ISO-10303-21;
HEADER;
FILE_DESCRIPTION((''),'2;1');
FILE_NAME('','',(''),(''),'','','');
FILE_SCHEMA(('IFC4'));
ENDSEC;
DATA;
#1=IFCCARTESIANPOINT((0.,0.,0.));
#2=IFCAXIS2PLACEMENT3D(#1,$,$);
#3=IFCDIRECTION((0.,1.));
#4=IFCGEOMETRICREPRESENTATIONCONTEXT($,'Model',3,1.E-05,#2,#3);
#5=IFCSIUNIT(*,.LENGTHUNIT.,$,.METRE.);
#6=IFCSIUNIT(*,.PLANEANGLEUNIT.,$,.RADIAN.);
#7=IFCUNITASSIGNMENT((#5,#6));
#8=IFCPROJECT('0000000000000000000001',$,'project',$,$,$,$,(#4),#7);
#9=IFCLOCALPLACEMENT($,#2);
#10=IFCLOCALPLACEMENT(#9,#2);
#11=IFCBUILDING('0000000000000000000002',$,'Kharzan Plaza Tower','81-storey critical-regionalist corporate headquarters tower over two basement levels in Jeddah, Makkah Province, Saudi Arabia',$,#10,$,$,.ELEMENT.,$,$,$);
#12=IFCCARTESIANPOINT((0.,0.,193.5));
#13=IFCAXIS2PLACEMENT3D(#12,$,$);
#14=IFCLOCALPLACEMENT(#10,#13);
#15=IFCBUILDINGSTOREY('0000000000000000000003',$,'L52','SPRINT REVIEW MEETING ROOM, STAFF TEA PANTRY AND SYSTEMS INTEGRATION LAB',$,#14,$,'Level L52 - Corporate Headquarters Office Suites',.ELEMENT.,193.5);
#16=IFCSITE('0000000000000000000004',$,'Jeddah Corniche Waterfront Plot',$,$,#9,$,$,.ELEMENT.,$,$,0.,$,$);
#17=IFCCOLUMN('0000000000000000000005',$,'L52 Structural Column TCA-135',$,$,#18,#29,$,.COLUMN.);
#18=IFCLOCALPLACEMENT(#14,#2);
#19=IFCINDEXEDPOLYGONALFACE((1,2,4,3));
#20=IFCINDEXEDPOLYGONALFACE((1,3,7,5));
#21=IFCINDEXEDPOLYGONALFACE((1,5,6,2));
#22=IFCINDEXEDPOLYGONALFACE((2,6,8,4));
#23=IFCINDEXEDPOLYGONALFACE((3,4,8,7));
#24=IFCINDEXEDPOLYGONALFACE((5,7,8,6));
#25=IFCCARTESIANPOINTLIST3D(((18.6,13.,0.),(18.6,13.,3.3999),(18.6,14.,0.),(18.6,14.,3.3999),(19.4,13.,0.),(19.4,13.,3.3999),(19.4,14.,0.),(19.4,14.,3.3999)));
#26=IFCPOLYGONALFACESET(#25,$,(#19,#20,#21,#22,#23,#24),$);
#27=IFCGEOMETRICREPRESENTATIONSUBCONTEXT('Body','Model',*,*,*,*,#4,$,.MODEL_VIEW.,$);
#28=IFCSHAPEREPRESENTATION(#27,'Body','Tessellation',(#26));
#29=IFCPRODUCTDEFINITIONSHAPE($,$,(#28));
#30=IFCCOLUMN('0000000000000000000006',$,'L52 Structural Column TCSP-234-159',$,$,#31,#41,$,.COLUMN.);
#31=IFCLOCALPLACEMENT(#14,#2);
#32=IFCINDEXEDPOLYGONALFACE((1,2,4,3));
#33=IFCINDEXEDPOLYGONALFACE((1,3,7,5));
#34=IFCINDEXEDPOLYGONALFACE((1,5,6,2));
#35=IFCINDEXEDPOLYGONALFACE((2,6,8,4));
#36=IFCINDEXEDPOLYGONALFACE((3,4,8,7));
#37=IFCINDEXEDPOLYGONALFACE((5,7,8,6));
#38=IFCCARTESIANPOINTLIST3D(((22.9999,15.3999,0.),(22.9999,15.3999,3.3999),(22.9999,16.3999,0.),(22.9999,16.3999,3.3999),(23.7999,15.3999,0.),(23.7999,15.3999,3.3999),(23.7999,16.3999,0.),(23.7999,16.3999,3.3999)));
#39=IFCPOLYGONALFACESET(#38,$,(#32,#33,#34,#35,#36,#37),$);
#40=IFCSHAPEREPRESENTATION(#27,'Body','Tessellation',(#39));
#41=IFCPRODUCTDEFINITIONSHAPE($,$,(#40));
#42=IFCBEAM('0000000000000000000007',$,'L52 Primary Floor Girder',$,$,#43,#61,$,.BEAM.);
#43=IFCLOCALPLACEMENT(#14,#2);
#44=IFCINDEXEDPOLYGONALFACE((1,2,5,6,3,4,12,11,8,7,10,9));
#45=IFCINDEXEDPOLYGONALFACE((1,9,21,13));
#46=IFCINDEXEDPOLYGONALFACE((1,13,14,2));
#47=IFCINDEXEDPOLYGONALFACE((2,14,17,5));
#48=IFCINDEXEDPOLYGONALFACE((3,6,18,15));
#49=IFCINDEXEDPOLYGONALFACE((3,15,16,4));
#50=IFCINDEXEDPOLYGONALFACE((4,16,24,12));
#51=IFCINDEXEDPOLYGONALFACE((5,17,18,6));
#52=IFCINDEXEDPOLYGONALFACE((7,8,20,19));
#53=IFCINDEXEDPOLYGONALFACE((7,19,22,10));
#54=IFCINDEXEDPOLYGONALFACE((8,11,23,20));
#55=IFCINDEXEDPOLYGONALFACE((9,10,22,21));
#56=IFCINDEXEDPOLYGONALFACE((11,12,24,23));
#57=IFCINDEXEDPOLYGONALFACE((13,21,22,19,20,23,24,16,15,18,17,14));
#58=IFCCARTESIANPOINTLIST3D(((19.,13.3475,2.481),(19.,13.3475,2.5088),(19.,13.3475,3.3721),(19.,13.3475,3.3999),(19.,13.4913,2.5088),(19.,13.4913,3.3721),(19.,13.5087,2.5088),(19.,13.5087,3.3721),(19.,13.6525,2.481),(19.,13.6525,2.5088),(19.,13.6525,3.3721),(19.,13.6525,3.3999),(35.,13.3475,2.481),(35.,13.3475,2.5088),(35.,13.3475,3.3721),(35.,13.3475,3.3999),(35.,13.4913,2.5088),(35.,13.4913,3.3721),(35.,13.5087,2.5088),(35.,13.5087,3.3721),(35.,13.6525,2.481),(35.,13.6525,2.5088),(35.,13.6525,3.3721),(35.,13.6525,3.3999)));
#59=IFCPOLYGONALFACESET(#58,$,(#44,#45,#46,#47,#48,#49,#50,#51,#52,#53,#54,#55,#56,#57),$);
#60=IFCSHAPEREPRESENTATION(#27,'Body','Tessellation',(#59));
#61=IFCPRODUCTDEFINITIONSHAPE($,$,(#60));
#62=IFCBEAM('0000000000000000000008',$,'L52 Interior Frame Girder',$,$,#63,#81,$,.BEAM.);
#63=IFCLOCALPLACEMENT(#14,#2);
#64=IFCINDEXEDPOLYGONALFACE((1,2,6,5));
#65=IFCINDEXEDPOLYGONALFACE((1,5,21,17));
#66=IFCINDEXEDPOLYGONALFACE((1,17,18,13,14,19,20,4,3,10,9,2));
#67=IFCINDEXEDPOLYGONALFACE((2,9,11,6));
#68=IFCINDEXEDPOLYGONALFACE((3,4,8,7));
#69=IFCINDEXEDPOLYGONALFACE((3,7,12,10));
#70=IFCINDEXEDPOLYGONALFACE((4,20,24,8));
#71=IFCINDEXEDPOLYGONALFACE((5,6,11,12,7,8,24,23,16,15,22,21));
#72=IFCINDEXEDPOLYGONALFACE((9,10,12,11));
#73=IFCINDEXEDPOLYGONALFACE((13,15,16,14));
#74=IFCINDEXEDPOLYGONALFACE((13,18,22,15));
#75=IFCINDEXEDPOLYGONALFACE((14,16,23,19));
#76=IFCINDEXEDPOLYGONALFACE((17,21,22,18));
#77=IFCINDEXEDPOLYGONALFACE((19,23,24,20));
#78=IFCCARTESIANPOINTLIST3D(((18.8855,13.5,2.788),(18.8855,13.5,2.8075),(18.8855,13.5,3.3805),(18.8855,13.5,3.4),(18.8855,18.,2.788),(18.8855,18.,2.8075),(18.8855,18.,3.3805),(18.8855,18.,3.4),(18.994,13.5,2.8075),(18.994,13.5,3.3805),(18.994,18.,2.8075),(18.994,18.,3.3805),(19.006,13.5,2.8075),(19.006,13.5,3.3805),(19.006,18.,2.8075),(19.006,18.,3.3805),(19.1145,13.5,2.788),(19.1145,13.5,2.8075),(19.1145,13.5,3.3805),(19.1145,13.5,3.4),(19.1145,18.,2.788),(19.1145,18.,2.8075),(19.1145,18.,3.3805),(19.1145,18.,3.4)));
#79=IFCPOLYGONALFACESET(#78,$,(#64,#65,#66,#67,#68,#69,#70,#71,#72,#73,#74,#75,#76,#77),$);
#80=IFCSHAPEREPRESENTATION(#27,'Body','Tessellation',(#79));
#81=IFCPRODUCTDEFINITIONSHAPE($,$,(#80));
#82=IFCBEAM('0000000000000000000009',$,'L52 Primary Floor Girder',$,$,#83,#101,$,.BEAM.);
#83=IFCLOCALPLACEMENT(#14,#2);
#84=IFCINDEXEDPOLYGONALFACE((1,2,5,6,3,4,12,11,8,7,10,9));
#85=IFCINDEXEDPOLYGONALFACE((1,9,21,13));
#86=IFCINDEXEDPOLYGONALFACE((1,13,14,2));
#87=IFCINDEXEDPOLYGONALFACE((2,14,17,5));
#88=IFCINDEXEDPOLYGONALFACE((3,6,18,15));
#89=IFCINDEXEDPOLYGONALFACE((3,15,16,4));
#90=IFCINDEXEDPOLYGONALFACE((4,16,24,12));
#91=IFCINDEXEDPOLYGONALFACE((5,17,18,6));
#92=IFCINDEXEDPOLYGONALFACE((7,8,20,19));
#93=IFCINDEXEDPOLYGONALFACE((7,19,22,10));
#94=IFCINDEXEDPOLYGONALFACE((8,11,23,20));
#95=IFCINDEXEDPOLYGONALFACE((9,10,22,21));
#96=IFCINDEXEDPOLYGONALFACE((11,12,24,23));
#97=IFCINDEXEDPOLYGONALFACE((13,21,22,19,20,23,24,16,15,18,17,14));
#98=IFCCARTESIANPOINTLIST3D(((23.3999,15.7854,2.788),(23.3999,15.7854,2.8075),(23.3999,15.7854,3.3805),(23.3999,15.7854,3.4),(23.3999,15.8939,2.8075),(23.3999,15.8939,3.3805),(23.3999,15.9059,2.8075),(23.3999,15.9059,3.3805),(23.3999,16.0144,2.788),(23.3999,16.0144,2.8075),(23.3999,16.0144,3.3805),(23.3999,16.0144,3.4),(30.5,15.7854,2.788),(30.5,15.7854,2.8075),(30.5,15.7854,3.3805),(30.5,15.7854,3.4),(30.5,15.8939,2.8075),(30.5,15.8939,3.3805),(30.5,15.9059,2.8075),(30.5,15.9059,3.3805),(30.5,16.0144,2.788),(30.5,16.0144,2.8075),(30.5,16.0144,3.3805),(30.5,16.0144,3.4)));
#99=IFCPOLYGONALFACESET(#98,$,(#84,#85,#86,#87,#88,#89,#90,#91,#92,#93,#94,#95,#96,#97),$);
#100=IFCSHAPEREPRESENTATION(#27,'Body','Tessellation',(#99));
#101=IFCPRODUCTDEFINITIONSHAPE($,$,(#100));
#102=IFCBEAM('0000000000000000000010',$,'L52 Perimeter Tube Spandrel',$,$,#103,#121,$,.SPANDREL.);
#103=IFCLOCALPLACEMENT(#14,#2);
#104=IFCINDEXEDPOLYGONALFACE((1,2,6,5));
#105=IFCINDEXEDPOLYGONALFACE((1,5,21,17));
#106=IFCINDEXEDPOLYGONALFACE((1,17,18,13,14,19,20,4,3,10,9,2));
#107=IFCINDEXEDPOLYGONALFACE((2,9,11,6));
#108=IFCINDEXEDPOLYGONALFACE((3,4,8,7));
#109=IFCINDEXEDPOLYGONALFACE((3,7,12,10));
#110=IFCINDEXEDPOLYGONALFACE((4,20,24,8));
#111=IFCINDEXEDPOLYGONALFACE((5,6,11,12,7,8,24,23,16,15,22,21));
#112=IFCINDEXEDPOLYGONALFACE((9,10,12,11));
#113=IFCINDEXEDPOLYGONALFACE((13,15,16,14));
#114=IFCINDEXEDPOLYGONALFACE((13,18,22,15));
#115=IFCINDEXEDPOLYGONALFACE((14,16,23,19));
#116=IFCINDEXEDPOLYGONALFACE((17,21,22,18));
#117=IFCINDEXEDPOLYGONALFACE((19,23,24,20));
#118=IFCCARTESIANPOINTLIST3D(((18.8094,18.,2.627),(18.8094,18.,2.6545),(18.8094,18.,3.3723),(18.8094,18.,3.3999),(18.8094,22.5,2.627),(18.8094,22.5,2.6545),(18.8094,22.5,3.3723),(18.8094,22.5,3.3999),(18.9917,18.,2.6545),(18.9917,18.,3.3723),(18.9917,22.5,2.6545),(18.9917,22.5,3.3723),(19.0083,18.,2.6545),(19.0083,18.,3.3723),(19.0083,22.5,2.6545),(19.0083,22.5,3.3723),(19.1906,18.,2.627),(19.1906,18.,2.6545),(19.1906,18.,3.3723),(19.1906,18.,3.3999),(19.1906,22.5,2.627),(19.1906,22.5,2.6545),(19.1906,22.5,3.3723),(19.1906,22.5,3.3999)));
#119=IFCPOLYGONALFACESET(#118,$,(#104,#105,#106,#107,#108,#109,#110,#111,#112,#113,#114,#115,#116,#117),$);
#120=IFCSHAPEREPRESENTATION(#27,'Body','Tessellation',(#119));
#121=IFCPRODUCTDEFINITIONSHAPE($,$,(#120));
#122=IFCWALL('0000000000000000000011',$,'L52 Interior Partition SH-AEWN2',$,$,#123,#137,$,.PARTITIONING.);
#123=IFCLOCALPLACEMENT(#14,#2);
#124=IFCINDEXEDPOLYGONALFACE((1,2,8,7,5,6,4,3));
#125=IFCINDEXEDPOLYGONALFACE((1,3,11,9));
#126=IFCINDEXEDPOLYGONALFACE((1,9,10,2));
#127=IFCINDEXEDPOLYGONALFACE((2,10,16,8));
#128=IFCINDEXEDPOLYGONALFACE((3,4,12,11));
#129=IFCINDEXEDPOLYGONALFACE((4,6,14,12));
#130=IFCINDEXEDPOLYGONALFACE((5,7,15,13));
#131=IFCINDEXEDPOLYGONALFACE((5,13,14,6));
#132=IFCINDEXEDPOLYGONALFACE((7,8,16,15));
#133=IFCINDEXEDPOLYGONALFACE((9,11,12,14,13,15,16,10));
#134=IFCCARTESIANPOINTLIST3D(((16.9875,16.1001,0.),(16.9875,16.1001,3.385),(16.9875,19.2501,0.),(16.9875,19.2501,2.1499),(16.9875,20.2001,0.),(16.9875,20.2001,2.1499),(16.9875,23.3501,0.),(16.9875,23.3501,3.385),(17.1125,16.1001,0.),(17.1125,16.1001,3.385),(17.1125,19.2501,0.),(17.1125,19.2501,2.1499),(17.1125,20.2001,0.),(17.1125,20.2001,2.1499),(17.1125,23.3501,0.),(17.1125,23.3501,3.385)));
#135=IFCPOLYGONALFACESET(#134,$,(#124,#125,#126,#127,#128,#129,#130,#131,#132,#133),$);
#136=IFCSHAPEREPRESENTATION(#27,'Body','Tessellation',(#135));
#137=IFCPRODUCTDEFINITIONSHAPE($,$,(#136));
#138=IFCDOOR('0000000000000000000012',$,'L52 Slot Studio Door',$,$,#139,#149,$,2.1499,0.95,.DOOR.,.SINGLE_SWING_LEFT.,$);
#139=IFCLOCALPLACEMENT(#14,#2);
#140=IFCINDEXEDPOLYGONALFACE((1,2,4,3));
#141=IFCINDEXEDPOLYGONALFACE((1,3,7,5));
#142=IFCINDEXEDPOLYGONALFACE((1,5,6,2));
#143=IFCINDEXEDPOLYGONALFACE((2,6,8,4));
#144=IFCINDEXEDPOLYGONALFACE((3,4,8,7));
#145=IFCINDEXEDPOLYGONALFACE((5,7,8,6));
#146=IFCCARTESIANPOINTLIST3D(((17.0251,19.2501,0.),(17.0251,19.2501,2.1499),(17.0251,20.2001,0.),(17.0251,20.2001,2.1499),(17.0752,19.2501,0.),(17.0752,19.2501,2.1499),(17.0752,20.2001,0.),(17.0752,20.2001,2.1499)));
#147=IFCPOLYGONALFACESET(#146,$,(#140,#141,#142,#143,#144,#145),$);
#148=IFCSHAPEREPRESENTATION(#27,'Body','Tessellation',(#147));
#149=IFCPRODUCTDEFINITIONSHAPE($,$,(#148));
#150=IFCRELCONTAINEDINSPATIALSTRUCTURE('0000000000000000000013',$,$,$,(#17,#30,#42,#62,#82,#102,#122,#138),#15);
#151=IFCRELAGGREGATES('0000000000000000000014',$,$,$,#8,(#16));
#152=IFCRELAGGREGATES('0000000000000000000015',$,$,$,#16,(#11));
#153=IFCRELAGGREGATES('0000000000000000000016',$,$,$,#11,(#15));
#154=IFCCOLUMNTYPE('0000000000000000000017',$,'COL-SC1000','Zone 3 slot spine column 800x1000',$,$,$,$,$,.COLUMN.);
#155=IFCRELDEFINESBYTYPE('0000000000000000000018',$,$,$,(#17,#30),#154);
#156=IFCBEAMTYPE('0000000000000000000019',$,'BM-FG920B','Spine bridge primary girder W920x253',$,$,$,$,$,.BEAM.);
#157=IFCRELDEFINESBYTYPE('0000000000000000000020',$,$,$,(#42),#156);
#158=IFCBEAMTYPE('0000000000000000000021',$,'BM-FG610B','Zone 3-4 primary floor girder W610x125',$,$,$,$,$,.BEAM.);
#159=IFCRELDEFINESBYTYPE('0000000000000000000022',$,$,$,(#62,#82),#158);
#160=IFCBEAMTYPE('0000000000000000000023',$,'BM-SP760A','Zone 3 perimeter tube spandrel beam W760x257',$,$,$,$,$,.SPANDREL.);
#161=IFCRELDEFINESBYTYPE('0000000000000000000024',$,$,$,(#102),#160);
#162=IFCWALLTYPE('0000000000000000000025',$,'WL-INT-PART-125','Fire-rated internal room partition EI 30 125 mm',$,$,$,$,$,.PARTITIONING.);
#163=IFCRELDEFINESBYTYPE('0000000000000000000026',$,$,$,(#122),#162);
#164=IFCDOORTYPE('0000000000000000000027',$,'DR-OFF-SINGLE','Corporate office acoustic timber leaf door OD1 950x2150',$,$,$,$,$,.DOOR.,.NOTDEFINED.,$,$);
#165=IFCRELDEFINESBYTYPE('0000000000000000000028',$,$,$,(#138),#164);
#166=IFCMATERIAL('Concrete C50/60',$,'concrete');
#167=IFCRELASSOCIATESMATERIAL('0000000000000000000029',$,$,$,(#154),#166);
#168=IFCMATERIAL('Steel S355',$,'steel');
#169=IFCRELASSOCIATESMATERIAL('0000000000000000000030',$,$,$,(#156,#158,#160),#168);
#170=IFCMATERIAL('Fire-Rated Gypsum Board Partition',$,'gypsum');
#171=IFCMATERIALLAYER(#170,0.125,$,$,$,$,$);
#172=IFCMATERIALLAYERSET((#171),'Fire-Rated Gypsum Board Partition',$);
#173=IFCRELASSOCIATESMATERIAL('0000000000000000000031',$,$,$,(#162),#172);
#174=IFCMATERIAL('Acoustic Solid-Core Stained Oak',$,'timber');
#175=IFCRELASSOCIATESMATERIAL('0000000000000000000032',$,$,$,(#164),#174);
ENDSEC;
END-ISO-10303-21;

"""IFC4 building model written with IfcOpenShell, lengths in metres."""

from ifc_helpers import new_model, si_unit, direction, frame, frame_2d, origin, origin_2d, place, context, subcontext, project, spatial, rectangle, i_section, extrude, source, transform, mapped, material, layer, layer_set, material_profile, profile_set, type_object, element, fill, save


model = new_model("IFC4")

# Units and contexts
model_context = context("Model", 3, precision=1e-05, world=origin(), true_north=direction((0.0, 1.0)))
body_context = subcontext(model_context, "Body", "Model", "MODEL_VIEW")
ifc_project = project(units=[si_unit("LENGTHUNIT", "METRE"), si_unit("PLANEANGLEUNIT", "RADIAN")], contexts=[model_context])

# Site, building, storey
site_placement = place(None, origin())
site = spatial("IfcSite", under=ifc_project, at=site_placement, Name="Jeddah Corniche Waterfront Plot", CompositionType="ELEMENT", RefElevation=0.0)
building_placement = place(site_placement, origin())
building = spatial("IfcBuilding", under=site, at=building_placement, Name="Kharzan Plaza Tower", Description="81-storey critical-regionalist corporate headquarters tower over two basement levels in Jeddah, Makkah Province, Saudi Arabia", CompositionType="ELEMENT")
storey_placement = place(building_placement, frame((0.0, 0.0, 193.5)))
storey = spatial("IfcBuildingStorey", under=building, at=storey_placement, Name="L52", Description="SPRINT REVIEW MEETING ROOM, STAFF TEA PANTRY AND SYSTEMS INTEGRATION LAB", LongName="Level L52 - Corporate Headquarters Office Suites", CompositionType="ELEMENT", Elevation=193.5)

# Columns
ifc_material_1 = material(Name="Concrete C50/60", Category="concrete")
ifc_material_profile_1 = material_profile(ifc_material_1, rectangle(XDim=0.8, YDim=1.0, at=origin_2d()), Name="RC-SC1000x800")
ifc_profile_set_1 = profile_set([ifc_material_profile_1], Name="Concrete C50/60")
column_type = type_object("IfcColumnType", Name="COL-SC1000", Description="Zone 3 slot spine column 800x1000", PredefinedType="COLUMN", material=ifc_profile_set_1)
shared_shape_1 = source(origin(), body_context, "Body", "SweptSolid", [
    extrude(rectangle(XDim=0.8, YDim=1.0, at=origin_2d()), origin(), (0.0, 0.0, 1.0), 3.3999),
])
for number, where, z_axis, x_axis, name in (
    (1, (19.0, 13.5, 0.0), (0.0, 0.0, 1.0), (1.0, 0.0, 0.0), "L52 Structural Column TCA-135"),
    (2, (23.3999, 15.8999, 0.0), (0.0, 0.0, 1.0), (1.0, 0.0, 0.0), "L52 Structural Column TCSP-234-159"),
):
    element("IfcColumn", number, at=place(storey_placement, frame(where, z_axis=z_axis, x_axis=x_axis)), inside=storey, type_object=column_type, Name=name, PredefinedType="COLUMN", context=body_context, shape_type="MappedRepresentation", body=[
        mapped(shared_shape_1, transform((0.0, 0.0, 0.0), x_axis=(1.0, 0.0, 0.0), y_axis=(0.0, 1.0, 0.0), z_axis=(0.0, 0.0, 1.0))),
    ])

# Beams
ifc_material_2 = material(Name="Steel S355", Category="steel")
ifc_material_profile_2 = material_profile(ifc_material_2, i_section(OverallWidth=0.3049, OverallDepth=0.9189, WebThickness=0.0173, FlangeThickness=0.0278, at=origin_2d()), Name="W920x253")
ifc_profile_set_2 = profile_set([ifc_material_profile_2], Name="Steel S355")
beam_type_1 = type_object("IfcBeamType", Name="BM-FG920B", Description="Spine bridge primary girder W920x253", PredefinedType="BEAM", material=ifc_profile_set_2)
shared_shape_2 = source(origin(), body_context, "Body", "SweptSolid", [
    extrude(i_section(OverallWidth=0.3049, OverallDepth=0.9189, WebThickness=0.0173, FlangeThickness=0.0278, at=origin_2d()), origin(), (0.0, 0.0, 1.0), 16.0),
])
beam_1_placement = place(storey_placement, frame((19.0, 13.5, 2.9404), z_axis=(1.0, 0.0, 0.0), x_axis=(0.0, 1.0, 0.0)))
element("IfcBeam", 3, at=beam_1_placement, inside=storey, type_object=beam_type_1, Name="L52 Primary Floor Girder", PredefinedType="BEAM", context=body_context, shape_type="MappedRepresentation", body=[
    mapped(shared_shape_2, transform((0.0, 0.0, 0.0), x_axis=(1.0, 0.0, 0.0), y_axis=(0.0, 1.0, 0.0), z_axis=(0.0, 0.0, 1.0))),
])
ifc_material_profile_3 = material_profile(ifc_material_2, i_section(OverallWidth=0.229, OverallDepth=0.6121, WebThickness=0.012, FlangeThickness=0.0195, at=origin_2d()), Name="W610x125")
ifc_profile_set_3 = profile_set([ifc_material_profile_3], Name="Steel S355")
beam_type_2 = type_object("IfcBeamType", Name="BM-FG610B", Description="Zone 3-4 primary floor girder W610x125", PredefinedType="BEAM", material=ifc_profile_set_3)
shared_shape_3 = source(origin(), body_context, "Body", "SweptSolid", [
    extrude(i_section(OverallWidth=0.229, OverallDepth=0.6121, WebThickness=0.012, FlangeThickness=0.0195, at=origin_2d()), origin(), (0.0, 0.0, 1.0), 4.5),
])
beam_2_placement = place(storey_placement, frame((19.0, 13.5, 3.094), z_axis=(0.0, 1.0, 0.0), x_axis=(-1.0, 0.0, 0.0)))
element("IfcBeam", 4, at=beam_2_placement, inside=storey, type_object=beam_type_2, Name="L52 Interior Frame Girder", PredefinedType="BEAM", context=body_context, shape_type="MappedRepresentation", body=[
    mapped(shared_shape_3, transform((0.0, 0.0, 0.0), x_axis=(1.0, 0.0, 0.0), y_axis=(0.0, 1.0, 0.0), z_axis=(0.0, 0.0, 1.0))),
])
shared_shape_4 = source(origin(), body_context, "Body", "SweptSolid", [
    extrude(i_section(OverallWidth=0.229, OverallDepth=0.6121, WebThickness=0.012, FlangeThickness=0.0195, at=origin_2d()), origin(), (0.0, 0.0, 1.0), 7.1001),
])
beam_3_placement = place(storey_placement, frame((23.3999, 15.8999, 3.094), z_axis=(1.0, 0.0, 0.0), x_axis=(0.0, 1.0, 0.0)))
element("IfcBeam", 5, at=beam_3_placement, inside=storey, type_object=beam_type_2, Name="L52 Primary Floor Girder", PredefinedType="BEAM", context=body_context, shape_type="MappedRepresentation", body=[
    mapped(shared_shape_4, transform((0.0, 0.0, 0.0), x_axis=(1.0, 0.0, 0.0), y_axis=(0.0, 1.0, 0.0), z_axis=(0.0, 0.0, 1.0))),
])
ifc_material_profile_4 = material_profile(ifc_material_2, i_section(OverallWidth=0.3811, OverallDepth=0.7729, WebThickness=0.0166, FlangeThickness=0.0276, at=origin_2d()), Name="W760x257")
ifc_profile_set_4 = profile_set([ifc_material_profile_4], Name="Steel S355")
beam_type_3 = type_object("IfcBeamType", Name="BM-SP760A", Description="Zone 3 perimeter tube spandrel beam W760x257", PredefinedType="SPANDREL", material=ifc_profile_set_4)
shared_shape_5 = source(origin(), body_context, "Body", "SweptSolid", [
    extrude(i_section(OverallWidth=0.3811, OverallDepth=0.7729, WebThickness=0.0166, FlangeThickness=0.0276, at=origin_2d()), origin(), (0.0, 0.0, 1.0), 4.5),
])
beam_4_placement = place(storey_placement, frame((19.0, 18.0, 3.0134), z_axis=(0.0, 1.0, 0.0), x_axis=(-1.0, 0.0, 0.0)))
element("IfcBeam", 6, at=beam_4_placement, inside=storey, type_object=beam_type_3, Name="L52 Perimeter Tube Spandrel", PredefinedType="SPANDREL", context=body_context, shape_type="MappedRepresentation", body=[
    mapped(shared_shape_5, transform((0.0, 0.0, 0.0), x_axis=(1.0, 0.0, 0.0), y_axis=(0.0, 1.0, 0.0), z_axis=(0.0, 0.0, 1.0))),
])

# Wall, opening, door
ifc_material_3 = material(Name="Fire-Rated Gypsum Board Partition", Category="gypsum")
ifc_layer_1 = layer(ifc_material_3, 0.125)
ifc_layer_set_1 = layer_set([ifc_layer_1], Name="Fire-Rated Gypsum Board Partition")
wall_type_1 = type_object("IfcWallType", Name="WL-INT-PART-125", Description="Fire-rated internal room partition EI 30 125 mm", PredefinedType="PARTITIONING", material=ifc_layer_set_1)
ifc_material_4 = material(Name="Acoustic Solid-Core Stained Oak", Category="timber")
door_type_1 = type_object("IfcDoorType", Name="DR-OFF-SINGLE", Description="Corporate office acoustic timber leaf door OD1 950x2150", OperationType="NOTDEFINED", PredefinedType="DOOR", material=ifc_material_4)
shared_shape_6 = source(origin(), body_context, "Body", "SweptSolid", [
    extrude(rectangle(XDim=0.95, YDim=2.1499, at=frame_2d((0.4751, 1.075))), frame((0.0, 0.0249, 0.0), z_axis=(0.0, -1.0, 0.0), x_axis=(1.0, 0.0, 0.0)), (0.0, 0.0, 1.0), 0.05),
])
wall_1_placement = place(storey_placement, frame((17.05, 16.1001, 0.0), z_axis=(0.0, 0.0, 1.0), x_axis=(0.0, 1.0, 0.0)))
wall_1 = element("IfcWall", 7, at=wall_1_placement, inside=storey, type_object=wall_type_1, Name="L52 Interior Partition SH-AEWN2", PredefinedType="PARTITIONING", context=body_context, shape_type="SweptSolid", body=[
    extrude(rectangle(XDim=7.25, YDim=0.125, at=frame_2d((3.625, 0.0))), origin(), (0.0, 0.0, 1.0), 3.385),
])
opening_1_placement = place(wall_1_placement, frame((3.1499, 0.0, 0.0)))
opening_1 = element("IfcOpeningElement", 8, at=opening_1_placement, cuts=wall_1, PredefinedType="OPENING", context=body_context, shape_type="SweptSolid", body=[
    extrude(rectangle(XDim=0.95, YDim=2.1499, at=frame_2d((0.4751, 1.075))), frame((0.0, 0.0725, 0.0), z_axis=(0.0, -1.0, 0.0), x_axis=(1.0, 0.0, 0.0)), (0.0, 0.0, 1.0), 0.145),
])
door_1_placement = place(opening_1_placement, origin())
door_1 = element("IfcDoor", 9, at=door_1_placement, inside=storey, type_object=door_type_1, Name="L52 Slot Studio Door", OperationType="SINGLE_SWING_LEFT", OverallHeight=2.1499, OverallWidth=0.95, PredefinedType="DOOR", context=body_context, shape_type="MappedRepresentation", body=[
    mapped(shared_shape_6, transform((0.0, 0.0, 0.0), x_axis=(1.0, 0.0, 0.0), y_axis=(0.0, 1.0, 0.0), z_axis=(0.0, 0.0, 1.0))),
])
fill(opening_1, door_1)

save(model, "model.ifc")
